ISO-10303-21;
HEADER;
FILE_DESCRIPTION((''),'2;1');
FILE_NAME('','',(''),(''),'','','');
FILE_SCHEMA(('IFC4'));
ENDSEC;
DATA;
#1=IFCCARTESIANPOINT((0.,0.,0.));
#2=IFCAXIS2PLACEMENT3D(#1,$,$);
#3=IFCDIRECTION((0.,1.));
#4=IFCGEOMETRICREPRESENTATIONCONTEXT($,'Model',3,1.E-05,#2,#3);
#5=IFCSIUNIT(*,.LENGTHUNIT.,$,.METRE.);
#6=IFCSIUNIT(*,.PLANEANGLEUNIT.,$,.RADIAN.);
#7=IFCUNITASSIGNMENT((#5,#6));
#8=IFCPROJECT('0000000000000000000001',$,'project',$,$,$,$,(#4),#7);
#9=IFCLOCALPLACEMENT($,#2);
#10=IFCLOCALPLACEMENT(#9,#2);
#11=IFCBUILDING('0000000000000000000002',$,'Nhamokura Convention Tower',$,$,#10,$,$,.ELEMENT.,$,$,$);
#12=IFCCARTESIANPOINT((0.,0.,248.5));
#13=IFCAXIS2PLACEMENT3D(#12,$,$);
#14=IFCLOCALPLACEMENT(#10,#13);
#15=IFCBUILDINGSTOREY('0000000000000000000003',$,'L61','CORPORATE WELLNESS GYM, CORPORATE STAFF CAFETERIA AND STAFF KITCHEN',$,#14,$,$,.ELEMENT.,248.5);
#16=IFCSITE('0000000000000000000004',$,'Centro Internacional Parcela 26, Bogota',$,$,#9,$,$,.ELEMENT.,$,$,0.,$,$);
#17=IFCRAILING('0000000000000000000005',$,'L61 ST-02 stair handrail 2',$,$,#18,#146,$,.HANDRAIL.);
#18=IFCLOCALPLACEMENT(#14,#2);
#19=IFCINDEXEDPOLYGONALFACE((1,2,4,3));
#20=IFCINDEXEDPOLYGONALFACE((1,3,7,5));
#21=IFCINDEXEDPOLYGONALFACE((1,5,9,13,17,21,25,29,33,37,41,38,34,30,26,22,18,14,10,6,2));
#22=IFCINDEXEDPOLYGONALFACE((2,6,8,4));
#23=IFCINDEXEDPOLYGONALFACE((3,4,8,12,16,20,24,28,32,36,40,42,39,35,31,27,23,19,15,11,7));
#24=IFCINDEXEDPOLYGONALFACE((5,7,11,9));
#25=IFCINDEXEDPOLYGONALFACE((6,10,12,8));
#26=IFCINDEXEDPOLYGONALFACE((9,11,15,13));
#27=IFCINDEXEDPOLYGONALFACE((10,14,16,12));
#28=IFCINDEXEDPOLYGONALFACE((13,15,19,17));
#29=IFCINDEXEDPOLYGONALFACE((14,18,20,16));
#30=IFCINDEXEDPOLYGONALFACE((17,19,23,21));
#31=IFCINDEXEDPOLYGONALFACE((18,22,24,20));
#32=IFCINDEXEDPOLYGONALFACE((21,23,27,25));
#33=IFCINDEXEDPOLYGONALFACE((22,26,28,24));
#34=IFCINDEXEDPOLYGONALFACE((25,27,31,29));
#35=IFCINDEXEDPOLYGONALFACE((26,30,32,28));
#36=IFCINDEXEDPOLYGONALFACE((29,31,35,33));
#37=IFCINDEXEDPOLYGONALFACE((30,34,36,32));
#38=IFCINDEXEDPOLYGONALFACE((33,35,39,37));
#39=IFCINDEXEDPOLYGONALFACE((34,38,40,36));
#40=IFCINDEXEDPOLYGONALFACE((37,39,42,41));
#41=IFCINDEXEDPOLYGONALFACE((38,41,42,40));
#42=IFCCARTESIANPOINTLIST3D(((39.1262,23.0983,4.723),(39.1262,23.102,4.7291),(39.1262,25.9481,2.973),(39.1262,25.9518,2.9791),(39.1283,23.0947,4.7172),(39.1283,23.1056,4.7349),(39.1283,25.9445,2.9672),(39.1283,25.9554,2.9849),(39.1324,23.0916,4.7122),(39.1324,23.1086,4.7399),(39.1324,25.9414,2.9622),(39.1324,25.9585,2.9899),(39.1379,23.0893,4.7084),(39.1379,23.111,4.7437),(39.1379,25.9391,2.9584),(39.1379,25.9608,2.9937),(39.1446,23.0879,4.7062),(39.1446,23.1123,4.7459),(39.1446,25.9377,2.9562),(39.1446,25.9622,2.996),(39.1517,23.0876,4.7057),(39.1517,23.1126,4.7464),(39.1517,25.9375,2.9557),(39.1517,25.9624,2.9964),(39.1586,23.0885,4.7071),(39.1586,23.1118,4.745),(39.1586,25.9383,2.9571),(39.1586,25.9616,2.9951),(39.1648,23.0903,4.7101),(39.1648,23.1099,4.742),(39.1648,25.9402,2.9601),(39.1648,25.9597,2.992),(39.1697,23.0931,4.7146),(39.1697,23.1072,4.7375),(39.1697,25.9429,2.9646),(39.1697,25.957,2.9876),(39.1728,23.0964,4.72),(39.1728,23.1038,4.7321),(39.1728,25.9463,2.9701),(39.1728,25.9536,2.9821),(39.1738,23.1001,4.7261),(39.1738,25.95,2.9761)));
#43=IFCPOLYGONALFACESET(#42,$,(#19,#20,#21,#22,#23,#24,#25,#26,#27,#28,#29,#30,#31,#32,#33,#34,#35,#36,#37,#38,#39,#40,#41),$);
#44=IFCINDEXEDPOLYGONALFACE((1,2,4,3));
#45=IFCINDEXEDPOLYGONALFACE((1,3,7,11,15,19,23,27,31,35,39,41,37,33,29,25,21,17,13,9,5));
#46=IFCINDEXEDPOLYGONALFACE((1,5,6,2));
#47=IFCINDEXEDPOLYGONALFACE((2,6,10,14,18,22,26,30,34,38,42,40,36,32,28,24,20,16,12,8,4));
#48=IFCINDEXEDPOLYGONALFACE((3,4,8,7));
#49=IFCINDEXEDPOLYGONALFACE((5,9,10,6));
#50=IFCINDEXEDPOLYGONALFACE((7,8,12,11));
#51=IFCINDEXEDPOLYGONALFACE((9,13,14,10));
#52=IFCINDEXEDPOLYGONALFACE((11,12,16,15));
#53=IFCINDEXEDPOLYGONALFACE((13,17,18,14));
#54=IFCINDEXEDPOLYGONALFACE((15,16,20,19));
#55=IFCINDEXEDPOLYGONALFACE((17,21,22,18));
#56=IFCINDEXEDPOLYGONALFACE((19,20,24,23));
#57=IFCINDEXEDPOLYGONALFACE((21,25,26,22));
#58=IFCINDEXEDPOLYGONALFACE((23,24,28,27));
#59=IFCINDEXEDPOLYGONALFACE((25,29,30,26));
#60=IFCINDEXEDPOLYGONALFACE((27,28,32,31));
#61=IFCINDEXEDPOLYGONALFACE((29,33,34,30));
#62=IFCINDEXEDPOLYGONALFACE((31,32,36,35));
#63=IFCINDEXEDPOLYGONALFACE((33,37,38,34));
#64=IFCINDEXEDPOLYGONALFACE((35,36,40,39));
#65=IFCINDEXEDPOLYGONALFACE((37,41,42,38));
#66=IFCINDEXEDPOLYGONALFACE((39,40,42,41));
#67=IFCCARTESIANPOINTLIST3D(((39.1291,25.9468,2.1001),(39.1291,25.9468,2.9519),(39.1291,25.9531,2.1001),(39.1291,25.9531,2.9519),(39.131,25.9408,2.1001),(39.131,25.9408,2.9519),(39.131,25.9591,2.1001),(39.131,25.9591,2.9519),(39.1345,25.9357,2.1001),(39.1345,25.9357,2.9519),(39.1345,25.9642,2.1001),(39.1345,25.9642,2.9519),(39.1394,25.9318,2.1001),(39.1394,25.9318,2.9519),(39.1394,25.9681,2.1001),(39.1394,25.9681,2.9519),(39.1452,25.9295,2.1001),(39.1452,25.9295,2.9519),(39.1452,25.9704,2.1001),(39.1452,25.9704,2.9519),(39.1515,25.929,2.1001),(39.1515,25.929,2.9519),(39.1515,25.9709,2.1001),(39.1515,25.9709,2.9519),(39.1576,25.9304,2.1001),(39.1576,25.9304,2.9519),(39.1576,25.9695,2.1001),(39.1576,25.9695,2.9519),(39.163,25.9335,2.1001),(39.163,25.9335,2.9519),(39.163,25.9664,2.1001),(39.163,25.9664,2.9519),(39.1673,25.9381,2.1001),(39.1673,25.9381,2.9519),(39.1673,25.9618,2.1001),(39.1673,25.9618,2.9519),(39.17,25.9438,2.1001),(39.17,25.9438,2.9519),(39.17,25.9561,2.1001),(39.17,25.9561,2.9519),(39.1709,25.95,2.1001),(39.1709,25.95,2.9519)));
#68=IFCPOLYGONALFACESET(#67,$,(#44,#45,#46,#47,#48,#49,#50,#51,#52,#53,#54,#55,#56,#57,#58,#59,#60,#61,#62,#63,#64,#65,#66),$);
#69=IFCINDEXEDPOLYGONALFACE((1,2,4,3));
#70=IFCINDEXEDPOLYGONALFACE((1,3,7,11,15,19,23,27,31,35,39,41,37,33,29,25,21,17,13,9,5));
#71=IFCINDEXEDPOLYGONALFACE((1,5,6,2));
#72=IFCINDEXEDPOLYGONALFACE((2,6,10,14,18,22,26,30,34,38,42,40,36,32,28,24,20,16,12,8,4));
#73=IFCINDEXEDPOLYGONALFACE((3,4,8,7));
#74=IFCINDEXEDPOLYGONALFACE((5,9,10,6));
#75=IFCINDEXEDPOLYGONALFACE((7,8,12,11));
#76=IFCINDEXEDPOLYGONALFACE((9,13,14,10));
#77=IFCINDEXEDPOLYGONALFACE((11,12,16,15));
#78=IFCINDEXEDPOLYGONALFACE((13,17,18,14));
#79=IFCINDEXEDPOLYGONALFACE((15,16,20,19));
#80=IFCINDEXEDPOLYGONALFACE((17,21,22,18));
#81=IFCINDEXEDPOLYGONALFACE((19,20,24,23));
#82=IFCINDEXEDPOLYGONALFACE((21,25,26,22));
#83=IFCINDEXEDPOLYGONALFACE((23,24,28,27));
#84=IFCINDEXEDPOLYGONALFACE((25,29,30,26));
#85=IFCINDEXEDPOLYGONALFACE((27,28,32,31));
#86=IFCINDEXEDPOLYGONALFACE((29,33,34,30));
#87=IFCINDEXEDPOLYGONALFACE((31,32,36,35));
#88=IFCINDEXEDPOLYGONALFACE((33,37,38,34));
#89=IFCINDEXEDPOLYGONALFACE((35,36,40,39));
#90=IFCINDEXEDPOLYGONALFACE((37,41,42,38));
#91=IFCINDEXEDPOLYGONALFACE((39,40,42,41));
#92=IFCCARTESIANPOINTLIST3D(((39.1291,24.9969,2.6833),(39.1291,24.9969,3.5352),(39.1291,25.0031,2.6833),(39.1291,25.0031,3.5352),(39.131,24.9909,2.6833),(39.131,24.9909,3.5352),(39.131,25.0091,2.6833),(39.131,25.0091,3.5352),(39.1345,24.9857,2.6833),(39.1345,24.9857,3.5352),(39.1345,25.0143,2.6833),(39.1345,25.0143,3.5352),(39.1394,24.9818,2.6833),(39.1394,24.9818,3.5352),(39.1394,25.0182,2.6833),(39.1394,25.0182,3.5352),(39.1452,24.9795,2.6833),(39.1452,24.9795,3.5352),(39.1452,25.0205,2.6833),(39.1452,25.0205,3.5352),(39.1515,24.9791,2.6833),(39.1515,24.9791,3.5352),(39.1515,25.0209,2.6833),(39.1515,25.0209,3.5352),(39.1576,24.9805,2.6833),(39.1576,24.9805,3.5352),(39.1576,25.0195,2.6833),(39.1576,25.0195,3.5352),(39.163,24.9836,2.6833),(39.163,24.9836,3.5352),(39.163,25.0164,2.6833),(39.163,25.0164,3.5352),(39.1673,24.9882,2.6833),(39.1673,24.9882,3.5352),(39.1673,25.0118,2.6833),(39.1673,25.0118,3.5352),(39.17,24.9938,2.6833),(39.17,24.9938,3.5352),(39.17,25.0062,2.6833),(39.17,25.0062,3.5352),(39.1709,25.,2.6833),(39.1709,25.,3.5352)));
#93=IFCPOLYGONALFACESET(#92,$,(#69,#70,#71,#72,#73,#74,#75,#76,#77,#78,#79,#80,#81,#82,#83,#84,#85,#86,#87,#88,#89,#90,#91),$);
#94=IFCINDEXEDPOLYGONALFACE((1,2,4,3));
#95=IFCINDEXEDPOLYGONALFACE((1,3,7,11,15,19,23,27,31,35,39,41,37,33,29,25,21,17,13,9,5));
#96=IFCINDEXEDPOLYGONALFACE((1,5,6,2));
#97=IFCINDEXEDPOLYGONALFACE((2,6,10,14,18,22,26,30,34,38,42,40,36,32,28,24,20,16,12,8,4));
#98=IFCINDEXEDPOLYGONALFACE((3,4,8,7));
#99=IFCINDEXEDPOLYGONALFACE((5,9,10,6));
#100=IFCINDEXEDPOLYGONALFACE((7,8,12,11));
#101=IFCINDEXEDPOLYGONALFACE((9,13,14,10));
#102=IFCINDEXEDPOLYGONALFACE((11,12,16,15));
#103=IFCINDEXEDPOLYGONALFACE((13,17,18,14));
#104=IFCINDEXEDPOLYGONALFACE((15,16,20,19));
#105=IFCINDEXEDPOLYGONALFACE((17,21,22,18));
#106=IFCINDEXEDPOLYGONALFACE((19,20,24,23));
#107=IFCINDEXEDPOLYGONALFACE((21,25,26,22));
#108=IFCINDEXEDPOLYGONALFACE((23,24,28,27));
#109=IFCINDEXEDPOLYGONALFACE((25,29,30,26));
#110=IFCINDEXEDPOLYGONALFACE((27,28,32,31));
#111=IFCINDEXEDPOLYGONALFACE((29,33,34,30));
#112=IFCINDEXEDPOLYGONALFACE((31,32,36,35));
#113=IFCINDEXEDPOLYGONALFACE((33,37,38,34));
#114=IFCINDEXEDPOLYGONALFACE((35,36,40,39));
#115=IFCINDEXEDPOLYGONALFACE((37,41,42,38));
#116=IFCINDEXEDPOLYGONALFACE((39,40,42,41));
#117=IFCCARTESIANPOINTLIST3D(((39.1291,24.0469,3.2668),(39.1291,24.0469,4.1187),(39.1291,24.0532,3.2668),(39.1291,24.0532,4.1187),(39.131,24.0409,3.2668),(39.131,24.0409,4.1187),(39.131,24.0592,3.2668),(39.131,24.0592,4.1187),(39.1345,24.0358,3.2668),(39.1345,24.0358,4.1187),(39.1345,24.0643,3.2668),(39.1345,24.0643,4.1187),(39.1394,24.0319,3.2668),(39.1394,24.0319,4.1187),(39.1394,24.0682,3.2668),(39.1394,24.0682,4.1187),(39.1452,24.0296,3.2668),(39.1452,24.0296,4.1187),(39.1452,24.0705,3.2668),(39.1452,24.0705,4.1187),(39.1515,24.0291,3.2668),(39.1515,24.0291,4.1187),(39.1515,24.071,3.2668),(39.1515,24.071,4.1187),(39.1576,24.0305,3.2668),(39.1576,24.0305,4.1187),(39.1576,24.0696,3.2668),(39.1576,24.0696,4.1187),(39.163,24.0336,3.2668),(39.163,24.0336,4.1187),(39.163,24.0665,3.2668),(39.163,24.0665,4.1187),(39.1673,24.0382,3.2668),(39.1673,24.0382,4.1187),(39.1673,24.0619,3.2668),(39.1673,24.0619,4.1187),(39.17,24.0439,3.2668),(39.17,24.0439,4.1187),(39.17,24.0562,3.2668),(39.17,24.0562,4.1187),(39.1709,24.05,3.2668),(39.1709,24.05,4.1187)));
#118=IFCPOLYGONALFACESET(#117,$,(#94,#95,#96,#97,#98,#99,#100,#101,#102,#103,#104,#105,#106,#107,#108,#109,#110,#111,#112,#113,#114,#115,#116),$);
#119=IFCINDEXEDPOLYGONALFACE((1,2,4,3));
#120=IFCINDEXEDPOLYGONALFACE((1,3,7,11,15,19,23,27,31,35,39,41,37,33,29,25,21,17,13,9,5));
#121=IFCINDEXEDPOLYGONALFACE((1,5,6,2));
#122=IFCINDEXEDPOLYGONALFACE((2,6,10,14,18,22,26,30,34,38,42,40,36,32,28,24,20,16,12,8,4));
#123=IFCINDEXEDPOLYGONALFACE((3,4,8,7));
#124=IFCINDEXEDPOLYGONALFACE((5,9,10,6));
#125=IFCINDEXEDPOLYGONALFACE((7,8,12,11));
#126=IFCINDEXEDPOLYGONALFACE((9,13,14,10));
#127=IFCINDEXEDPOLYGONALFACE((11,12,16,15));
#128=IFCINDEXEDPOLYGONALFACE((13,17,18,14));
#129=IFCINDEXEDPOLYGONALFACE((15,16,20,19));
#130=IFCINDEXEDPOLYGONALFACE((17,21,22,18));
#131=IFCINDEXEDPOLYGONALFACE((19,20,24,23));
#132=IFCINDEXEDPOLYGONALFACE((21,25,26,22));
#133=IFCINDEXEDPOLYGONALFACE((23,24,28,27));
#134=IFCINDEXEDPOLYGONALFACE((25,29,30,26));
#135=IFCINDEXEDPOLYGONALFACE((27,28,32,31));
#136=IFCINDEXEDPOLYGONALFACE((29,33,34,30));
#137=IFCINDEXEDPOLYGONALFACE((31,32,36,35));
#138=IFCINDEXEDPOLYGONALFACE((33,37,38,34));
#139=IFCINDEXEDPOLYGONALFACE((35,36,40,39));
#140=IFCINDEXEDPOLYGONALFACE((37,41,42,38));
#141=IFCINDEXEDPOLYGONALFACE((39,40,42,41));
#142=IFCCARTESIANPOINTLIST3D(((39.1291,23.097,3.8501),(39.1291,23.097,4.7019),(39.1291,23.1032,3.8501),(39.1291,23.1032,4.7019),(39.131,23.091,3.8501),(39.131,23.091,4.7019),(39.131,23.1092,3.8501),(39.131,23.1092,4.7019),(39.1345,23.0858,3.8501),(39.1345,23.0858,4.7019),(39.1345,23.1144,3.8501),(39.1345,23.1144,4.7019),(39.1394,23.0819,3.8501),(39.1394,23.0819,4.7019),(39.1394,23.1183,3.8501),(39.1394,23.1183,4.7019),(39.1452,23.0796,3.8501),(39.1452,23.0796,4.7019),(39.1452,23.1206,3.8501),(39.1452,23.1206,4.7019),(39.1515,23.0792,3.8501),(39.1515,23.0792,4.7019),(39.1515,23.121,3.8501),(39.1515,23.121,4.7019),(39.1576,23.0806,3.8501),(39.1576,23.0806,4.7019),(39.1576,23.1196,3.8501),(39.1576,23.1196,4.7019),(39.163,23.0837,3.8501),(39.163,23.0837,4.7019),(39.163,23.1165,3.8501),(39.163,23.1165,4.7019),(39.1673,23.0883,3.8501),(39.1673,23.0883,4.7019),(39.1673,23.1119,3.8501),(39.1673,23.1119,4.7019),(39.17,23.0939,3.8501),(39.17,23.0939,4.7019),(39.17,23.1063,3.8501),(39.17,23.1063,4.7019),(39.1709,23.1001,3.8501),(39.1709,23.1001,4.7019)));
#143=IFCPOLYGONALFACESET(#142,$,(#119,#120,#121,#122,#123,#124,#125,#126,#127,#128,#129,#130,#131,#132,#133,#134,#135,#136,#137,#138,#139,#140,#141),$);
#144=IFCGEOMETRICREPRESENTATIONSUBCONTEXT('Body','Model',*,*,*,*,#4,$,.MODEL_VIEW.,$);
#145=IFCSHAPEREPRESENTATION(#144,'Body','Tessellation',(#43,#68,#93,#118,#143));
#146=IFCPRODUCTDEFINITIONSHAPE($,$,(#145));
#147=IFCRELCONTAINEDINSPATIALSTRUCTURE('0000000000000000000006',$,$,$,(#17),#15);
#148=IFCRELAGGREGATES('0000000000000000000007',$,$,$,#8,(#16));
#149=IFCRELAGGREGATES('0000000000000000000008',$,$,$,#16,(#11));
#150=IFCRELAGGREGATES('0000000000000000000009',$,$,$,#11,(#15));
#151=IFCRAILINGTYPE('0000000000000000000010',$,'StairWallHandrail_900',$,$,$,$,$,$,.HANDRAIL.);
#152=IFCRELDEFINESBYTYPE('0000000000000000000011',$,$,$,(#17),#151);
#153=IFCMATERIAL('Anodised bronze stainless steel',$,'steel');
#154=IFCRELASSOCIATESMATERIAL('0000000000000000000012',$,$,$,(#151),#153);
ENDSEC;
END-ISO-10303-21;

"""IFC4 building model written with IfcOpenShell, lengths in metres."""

from ifc_helpers import new_model, si_unit, direction, frame, origin, origin_2d, place, context, subcontext, project, spatial, circle, extrude, material, type_object, element, save


model = new_model("IFC4")

# Units and contexts
model_context = context("Model", 3, precision=1e-05, world=origin(), true_north=direction((0.0, 1.0)))
body_context = subcontext(model_context, "Body", "Model", "MODEL_VIEW")
ifc_project = project(units=[si_unit("LENGTHUNIT", "METRE"), si_unit("PLANEANGLEUNIT", "RADIAN")], contexts=[model_context])

# Site, building, storey
site_placement = place(None, origin())
site = spatial("IfcSite", under=ifc_project, at=site_placement, Name="Centro Internacional Parcela 26, Bogota", CompositionType="ELEMENT", RefElevation=0.0)
building_placement = place(site_placement, origin())
building = spatial("IfcBuilding", under=site, at=building_placement, Name="Nhamokura Convention Tower", CompositionType="ELEMENT")
storey_placement = place(building_placement, frame((0.0, 0.0, 248.5)))
storey = spatial("IfcBuildingStorey", under=building, at=storey_placement, Name="L61", Description="CORPORATE WELLNESS GYM, CORPORATE STAFF CAFETERIA AND STAFF KITCHEN", CompositionType="ELEMENT", Elevation=248.5)

# Railing
ifc_material_1 = material(Name="Anodised bronze stainless steel", Category="steel")
railing_type_1 = type_object("IfcRailingType", Name="StairWallHandrail_900", PredefinedType="HANDRAIL", material=ifc_material_1)
railing_1_placement = place(storey_placement, frame((39.1499, 25.95, 2.1001)))
element("IfcRailing", 1, at=railing_1_placement, inside=storey, type_object=railing_type_1, Name="L61 ST-02 stair handrail 2", PredefinedType="HANDRAIL", context=body_context, shape_type="SweptSolid", body=[
    extrude(circle(Radius=0.0239, at=origin_2d()), frame((0.0, 0.0, 0.876), z_axis=(0.0, -0.852159, 0.523283), x_axis=(1.0, 0.0, 0.0)), (0.0, 0.0, 1.0), 3.3442),
    extrude(circle(Radius=0.021, at=origin_2d()), origin(), (0.0, 0.0, 1.0), 0.8518),
    extrude(circle(Radius=0.021, at=origin_2d()), frame((0.0, -0.95, 0.5833)), (0.0, 0.0, 1.0), 0.8518),
    extrude(circle(Radius=0.021, at=origin_2d()), frame((0.0, -1.8999, 1.1667)), (0.0, 0.0, 1.0), 0.8518),
    extrude(circle(Radius=0.021, at=origin_2d()), frame((0.0, -2.8499, 1.75)), (0.0, 0.0, 1.0), 0.8518),
])

save(model, "model.ifc")
